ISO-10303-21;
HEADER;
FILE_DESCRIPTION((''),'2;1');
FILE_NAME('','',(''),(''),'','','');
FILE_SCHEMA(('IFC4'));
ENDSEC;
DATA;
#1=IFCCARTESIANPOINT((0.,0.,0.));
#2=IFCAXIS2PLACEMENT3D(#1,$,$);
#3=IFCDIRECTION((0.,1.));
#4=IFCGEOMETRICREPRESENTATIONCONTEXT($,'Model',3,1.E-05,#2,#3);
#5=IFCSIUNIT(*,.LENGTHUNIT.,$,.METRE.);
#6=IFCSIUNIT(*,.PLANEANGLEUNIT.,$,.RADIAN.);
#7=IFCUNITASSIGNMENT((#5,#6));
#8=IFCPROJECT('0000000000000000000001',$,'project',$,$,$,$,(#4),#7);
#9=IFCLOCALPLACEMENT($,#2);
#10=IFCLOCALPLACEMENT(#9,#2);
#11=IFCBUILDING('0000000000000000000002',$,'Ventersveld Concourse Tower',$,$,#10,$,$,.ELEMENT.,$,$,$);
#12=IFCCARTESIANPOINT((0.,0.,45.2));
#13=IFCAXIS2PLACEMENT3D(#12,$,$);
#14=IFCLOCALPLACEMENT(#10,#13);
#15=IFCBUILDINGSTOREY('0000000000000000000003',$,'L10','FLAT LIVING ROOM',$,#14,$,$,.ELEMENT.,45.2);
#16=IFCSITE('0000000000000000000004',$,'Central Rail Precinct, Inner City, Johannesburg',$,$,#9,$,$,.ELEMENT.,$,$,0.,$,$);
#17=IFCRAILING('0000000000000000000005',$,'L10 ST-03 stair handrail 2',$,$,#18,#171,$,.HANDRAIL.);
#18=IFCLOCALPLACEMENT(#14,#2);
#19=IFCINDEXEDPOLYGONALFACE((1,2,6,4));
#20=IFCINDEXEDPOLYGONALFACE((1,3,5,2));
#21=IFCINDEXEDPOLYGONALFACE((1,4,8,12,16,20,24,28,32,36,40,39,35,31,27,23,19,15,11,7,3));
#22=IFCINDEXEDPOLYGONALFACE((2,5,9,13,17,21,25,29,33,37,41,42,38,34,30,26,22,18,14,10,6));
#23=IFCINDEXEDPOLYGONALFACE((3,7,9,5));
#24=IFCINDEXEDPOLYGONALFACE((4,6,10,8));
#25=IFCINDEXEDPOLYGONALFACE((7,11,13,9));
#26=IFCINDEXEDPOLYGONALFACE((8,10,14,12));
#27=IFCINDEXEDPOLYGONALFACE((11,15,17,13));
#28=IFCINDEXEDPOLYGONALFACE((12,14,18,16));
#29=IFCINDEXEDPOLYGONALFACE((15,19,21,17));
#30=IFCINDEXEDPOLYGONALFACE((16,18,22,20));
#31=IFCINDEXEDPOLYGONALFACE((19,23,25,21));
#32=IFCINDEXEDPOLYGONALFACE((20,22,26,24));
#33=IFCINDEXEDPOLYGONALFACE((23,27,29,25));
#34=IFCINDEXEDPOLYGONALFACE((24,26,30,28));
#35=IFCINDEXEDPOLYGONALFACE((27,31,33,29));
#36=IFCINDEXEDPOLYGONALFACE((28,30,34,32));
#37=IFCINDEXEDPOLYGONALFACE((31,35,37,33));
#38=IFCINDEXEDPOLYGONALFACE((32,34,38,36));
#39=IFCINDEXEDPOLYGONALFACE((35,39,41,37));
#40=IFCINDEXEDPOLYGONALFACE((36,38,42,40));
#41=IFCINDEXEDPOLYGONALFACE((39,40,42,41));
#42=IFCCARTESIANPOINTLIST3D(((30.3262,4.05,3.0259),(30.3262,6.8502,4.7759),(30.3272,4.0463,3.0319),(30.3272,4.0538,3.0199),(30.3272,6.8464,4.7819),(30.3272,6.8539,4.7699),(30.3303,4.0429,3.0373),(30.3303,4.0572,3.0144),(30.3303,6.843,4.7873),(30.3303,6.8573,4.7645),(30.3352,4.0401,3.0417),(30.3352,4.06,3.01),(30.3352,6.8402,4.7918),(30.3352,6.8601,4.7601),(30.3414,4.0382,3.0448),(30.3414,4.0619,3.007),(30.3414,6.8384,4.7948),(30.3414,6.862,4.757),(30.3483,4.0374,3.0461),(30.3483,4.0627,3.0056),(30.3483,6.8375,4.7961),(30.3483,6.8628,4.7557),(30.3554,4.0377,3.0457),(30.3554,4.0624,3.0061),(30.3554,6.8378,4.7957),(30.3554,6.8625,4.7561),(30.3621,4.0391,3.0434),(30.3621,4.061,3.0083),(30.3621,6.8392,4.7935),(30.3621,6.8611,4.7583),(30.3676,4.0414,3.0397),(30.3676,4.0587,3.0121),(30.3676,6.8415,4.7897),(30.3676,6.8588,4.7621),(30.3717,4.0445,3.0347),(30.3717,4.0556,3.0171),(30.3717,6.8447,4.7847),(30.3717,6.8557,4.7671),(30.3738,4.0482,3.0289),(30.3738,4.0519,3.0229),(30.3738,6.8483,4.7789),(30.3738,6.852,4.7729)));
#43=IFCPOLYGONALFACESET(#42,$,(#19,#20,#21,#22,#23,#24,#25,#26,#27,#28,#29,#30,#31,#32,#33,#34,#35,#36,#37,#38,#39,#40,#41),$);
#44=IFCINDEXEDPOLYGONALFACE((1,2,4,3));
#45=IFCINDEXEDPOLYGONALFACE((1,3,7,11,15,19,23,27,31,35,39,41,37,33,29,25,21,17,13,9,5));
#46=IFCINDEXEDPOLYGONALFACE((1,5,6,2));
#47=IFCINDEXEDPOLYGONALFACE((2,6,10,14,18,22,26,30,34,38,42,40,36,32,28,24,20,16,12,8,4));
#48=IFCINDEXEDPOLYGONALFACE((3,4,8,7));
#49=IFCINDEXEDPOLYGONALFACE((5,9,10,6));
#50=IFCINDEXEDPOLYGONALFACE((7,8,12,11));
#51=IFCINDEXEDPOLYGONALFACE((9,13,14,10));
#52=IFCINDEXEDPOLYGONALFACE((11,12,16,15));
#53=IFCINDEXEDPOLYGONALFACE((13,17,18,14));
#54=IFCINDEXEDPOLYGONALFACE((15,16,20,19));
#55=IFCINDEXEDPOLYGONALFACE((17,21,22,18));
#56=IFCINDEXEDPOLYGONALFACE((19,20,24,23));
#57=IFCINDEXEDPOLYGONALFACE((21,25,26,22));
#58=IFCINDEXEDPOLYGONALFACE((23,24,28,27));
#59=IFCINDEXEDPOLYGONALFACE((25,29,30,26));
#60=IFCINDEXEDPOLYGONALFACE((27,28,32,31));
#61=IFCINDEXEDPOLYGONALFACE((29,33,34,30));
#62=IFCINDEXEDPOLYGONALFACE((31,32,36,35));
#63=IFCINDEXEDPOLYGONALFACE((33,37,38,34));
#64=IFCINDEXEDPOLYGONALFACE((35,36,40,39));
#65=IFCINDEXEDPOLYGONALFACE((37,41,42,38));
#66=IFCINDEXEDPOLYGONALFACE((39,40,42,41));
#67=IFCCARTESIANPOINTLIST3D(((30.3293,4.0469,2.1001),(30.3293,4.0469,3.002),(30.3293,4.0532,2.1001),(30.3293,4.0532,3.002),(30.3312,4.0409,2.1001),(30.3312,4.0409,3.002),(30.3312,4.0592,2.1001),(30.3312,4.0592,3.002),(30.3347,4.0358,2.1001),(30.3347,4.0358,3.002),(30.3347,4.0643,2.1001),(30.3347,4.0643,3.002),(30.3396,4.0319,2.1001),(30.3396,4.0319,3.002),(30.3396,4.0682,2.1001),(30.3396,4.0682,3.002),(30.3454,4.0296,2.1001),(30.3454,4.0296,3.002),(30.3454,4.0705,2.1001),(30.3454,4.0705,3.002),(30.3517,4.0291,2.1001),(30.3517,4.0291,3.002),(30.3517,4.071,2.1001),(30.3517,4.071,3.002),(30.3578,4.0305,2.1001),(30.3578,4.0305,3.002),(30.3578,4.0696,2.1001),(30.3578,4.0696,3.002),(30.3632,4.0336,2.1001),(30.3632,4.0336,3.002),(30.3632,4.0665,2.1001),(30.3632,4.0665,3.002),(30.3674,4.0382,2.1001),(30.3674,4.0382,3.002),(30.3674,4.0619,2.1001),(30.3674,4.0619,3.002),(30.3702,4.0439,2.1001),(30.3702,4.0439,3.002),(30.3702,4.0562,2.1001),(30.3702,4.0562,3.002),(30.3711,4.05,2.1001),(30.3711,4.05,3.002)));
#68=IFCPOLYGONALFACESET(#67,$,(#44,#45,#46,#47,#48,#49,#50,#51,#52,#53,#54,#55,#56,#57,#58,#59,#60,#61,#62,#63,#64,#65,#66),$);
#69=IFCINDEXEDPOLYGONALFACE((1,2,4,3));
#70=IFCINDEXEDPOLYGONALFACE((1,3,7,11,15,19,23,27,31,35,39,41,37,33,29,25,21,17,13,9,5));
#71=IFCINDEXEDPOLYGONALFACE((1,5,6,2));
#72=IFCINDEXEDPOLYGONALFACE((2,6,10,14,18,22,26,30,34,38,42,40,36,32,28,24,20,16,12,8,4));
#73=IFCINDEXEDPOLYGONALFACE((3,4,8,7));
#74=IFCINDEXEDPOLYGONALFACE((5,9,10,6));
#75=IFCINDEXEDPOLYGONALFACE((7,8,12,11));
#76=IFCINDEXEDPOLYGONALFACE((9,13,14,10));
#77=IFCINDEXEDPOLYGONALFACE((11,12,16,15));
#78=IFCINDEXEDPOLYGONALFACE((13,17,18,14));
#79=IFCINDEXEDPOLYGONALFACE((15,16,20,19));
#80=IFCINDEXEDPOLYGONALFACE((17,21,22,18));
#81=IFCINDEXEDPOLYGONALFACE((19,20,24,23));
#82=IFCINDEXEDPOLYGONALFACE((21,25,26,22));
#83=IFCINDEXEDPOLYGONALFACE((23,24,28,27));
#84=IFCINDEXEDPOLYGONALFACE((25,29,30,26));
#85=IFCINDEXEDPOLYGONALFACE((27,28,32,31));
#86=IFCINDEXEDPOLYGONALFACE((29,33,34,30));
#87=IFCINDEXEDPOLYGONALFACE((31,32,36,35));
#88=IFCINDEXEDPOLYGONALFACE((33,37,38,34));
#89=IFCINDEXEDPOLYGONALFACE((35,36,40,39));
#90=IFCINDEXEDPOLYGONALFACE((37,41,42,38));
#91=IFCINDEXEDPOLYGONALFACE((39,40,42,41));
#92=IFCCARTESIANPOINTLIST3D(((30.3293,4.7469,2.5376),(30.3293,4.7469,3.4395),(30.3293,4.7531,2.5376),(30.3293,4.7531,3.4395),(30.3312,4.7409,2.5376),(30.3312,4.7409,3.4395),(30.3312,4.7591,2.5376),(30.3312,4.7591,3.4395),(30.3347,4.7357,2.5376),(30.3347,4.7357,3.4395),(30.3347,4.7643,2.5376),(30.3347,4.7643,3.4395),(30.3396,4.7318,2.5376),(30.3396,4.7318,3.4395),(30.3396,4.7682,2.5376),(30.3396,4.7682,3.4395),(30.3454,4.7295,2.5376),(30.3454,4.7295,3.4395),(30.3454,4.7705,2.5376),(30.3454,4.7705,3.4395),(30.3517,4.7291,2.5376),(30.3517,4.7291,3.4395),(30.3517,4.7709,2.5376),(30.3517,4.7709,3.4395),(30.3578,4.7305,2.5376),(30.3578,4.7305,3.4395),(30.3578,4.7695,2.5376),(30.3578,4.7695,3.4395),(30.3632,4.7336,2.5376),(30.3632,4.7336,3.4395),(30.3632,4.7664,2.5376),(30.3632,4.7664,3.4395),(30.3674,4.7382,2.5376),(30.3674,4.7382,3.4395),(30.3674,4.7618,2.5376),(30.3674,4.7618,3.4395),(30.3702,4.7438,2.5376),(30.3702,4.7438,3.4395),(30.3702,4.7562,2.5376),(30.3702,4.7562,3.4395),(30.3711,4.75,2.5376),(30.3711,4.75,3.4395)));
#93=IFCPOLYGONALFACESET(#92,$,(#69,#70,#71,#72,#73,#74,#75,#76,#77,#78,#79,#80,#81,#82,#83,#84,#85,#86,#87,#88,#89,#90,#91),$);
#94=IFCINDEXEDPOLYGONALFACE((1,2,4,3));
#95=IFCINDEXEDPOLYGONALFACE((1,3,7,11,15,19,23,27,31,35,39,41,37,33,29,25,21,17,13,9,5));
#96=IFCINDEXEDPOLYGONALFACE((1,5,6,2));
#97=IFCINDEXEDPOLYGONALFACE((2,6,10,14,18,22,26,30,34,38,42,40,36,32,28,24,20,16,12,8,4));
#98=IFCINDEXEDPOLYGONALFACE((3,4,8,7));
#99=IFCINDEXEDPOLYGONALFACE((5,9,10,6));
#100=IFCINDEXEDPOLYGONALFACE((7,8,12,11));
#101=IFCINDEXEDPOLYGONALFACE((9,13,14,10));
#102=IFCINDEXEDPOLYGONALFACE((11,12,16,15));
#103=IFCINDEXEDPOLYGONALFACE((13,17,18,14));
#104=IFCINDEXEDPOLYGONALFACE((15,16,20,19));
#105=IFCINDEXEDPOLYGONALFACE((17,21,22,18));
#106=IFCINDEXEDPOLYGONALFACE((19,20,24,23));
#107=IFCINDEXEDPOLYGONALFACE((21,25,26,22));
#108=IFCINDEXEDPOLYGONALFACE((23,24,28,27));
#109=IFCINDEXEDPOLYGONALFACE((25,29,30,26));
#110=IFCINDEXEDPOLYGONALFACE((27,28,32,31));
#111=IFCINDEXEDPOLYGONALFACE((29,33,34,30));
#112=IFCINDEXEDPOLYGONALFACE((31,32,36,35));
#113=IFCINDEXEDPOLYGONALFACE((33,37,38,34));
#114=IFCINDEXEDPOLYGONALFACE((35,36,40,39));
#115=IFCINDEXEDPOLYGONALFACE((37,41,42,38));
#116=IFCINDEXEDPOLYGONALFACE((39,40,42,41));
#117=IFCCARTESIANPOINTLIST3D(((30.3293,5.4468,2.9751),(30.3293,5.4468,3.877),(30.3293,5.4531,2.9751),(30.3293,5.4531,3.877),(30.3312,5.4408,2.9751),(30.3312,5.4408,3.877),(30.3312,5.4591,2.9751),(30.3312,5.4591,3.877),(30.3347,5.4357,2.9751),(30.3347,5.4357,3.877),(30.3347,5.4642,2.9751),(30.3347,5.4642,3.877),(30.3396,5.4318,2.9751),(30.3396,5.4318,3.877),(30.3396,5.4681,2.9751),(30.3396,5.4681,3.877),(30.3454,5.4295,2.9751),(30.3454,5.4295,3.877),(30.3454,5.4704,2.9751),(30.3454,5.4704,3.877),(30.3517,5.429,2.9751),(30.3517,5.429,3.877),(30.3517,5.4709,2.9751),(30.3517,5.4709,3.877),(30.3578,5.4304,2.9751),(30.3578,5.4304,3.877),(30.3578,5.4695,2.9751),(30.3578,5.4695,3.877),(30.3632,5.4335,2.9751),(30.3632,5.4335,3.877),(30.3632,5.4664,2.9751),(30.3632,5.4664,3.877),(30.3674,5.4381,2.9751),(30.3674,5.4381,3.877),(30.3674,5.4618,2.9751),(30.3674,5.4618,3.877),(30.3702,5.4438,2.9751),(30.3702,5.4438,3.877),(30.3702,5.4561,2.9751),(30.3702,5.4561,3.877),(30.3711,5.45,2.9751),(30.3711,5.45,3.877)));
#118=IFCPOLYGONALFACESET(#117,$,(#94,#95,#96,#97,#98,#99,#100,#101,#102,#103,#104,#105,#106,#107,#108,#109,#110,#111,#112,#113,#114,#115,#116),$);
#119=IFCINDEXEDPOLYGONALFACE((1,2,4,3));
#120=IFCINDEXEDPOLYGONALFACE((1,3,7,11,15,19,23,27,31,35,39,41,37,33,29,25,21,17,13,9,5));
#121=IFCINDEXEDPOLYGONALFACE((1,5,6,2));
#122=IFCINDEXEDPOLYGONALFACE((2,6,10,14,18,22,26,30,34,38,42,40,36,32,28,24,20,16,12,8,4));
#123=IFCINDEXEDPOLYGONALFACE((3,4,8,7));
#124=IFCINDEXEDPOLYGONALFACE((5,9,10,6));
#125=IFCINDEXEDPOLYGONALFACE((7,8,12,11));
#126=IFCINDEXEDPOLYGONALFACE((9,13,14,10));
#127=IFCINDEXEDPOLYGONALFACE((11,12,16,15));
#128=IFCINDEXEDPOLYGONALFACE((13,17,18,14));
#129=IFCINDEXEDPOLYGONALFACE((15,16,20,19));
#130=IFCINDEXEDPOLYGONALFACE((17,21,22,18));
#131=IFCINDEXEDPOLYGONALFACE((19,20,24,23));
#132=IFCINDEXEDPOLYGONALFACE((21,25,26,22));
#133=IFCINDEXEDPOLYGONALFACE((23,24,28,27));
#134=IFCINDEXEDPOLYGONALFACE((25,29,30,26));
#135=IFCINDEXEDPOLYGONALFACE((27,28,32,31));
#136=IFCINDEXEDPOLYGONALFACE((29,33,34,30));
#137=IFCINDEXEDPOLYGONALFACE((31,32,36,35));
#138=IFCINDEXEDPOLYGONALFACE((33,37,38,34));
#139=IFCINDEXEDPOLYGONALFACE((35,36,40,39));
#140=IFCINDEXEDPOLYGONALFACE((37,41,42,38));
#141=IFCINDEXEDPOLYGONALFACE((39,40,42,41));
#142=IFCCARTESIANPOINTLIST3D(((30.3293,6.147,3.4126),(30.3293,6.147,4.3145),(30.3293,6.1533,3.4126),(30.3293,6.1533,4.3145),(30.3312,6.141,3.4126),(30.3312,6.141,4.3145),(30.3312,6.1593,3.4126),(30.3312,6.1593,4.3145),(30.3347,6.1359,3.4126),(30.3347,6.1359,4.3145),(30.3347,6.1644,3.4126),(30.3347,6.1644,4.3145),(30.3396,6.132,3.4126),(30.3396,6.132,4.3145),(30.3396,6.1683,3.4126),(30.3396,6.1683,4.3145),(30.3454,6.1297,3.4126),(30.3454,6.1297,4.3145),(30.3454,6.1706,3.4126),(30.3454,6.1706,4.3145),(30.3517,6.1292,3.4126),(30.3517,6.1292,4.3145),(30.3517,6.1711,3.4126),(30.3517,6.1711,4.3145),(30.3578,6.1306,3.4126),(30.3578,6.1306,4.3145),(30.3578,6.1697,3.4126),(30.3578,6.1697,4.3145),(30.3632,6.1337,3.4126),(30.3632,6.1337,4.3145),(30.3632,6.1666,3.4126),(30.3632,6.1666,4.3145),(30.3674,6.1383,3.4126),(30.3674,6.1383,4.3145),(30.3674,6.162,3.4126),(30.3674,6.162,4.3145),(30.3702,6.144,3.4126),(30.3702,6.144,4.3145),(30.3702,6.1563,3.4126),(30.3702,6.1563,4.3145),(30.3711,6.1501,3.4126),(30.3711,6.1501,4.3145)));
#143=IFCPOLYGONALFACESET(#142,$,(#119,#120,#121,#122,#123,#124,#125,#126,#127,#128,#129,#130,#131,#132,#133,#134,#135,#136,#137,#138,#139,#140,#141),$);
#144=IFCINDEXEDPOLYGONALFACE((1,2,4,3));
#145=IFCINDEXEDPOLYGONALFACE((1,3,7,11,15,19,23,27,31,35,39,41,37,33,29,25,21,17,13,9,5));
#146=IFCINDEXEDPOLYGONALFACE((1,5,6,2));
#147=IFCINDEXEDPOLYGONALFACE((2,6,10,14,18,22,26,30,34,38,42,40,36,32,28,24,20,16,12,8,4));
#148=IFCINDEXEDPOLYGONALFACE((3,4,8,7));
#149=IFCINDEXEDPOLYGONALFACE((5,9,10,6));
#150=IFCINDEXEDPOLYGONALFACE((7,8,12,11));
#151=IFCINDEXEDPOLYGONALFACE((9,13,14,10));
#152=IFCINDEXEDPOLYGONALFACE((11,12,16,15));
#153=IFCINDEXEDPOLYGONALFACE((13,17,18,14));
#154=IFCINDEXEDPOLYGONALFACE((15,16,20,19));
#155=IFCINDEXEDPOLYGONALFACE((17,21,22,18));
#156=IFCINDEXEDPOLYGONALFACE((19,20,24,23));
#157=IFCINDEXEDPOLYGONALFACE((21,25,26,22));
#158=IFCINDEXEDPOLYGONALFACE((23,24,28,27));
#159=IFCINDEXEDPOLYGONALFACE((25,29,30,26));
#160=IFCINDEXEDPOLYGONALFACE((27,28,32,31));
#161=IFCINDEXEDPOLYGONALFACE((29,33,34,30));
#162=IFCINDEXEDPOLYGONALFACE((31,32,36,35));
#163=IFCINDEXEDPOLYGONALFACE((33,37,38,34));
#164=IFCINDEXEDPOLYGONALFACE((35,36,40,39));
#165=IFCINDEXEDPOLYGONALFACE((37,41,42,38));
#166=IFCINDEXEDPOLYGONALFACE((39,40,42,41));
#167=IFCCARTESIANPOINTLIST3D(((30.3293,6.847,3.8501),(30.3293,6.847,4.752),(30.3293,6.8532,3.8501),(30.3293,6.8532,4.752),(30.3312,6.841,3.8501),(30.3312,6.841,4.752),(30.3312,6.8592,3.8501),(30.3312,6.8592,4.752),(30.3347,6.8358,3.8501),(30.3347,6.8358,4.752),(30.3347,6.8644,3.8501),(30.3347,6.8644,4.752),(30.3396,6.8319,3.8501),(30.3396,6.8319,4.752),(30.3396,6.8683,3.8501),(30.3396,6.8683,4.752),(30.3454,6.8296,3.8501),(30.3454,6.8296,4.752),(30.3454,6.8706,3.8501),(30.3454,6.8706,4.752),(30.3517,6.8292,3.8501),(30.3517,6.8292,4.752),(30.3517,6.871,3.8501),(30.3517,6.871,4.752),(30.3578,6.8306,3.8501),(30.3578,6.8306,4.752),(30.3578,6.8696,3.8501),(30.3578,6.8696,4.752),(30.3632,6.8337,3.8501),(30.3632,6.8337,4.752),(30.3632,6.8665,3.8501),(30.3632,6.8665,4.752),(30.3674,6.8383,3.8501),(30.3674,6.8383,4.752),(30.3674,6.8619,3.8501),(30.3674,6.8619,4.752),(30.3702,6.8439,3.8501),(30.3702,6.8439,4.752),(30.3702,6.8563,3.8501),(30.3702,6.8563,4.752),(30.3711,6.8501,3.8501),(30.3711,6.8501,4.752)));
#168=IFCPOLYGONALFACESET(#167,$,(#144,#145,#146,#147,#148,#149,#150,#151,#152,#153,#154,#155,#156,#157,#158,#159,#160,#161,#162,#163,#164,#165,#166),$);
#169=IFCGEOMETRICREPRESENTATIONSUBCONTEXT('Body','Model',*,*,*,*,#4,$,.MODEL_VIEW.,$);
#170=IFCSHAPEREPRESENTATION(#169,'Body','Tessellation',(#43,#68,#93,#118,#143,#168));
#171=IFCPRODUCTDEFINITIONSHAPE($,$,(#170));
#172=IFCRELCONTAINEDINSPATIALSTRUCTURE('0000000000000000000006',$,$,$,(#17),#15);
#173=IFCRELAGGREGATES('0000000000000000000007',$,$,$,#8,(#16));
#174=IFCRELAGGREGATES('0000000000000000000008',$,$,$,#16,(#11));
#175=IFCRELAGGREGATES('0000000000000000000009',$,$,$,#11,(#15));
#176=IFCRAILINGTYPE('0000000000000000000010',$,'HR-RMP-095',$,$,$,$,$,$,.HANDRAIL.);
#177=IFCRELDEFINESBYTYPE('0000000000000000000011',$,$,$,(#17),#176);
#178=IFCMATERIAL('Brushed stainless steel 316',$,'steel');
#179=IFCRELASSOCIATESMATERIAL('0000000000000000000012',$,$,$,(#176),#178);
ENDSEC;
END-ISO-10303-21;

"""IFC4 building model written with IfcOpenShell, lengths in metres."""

from ifc_helpers import new_model, si_unit, direction, frame, origin, origin_2d, place, context, subcontext, project, spatial, circle, extrude, material, type_object, element, save


model = new_model("IFC4")

# Units and contexts
model_context = context("Model", 3, precision=1e-05, world=origin(), true_north=direction((0.0, 1.0)))
body_context = subcontext(model_context, "Body", "Model", "MODEL_VIEW")
ifc_project = project(units=[si_unit("LENGTHUNIT", "METRE"), si_unit("PLANEANGLEUNIT", "RADIAN")], contexts=[model_context])

# Site, building, storey
site_placement = place(None, origin())
site = spatial("IfcSite", under=ifc_project, at=site_placement, Name="Central Rail Precinct, Inner City, Johannesburg", CompositionType="ELEMENT", RefElevation=0.0)
building_placement = place(site_placement, origin())
building = spatial("IfcBuilding", under=site, at=building_placement, Name="Ventersveld Concourse Tower", CompositionType="ELEMENT")
storey_placement = place(building_placement, frame((0.0, 0.0, 45.2)))
storey = spatial("IfcBuildingStorey", under=building, at=storey_placement, Name="L10", Description="FLAT LIVING ROOM", CompositionType="ELEMENT", Elevation=45.2)

# Railing
ifc_material_1 = material(Name="Brushed stainless steel 316", Category="steel")
railing_type_1 = type_object("IfcRailingType", Name="HR-RMP-095", PredefinedType="HANDRAIL", material=ifc_material_1)
railing_1_placement = place(storey_placement, frame((30.3501, 4.05, 2.1001)))
element("IfcRailing", 1, at=railing_1_placement, inside=storey, type_object=railing_type_1, Name="L10 ST-03 stair handrail 2", PredefinedType="HANDRAIL", context=body_context, shape_type="SweptSolid", body=[
    extrude(circle(Radius=0.0239, at=origin_2d()), frame((0.0, 0.0, 0.9258), z_axis=(0.0, 0.848002, 0.529992), x_axis=(-1.0, 0.0, 0.0)), (0.0, 0.0, 1.0), 3.302),
    extrude(circle(Radius=0.021, at=origin_2d()), origin(), (0.0, 0.0, 1.0), 0.9019),
    extrude(circle(Radius=0.021, at=origin_2d()), frame((0.0, 0.7, 0.4375)), (0.0, 0.0, 1.0), 0.9019),
    extrude(circle(Radius=0.021, at=origin_2d()), frame((0.0, 1.3999, 0.875)), (0.0, 0.0, 1.0), 0.9019),
    extrude(circle(Radius=0.021, at=origin_2d()), frame((0.0, 2.1001, 1.3125)), (0.0, 0.0, 1.0), 0.9019),
    extrude(circle(Radius=0.021, at=origin_2d()), frame((0.0, 2.8, 1.75)), (0.0, 0.0, 1.0), 0.9019),
])

save(model, "model.ifc")
